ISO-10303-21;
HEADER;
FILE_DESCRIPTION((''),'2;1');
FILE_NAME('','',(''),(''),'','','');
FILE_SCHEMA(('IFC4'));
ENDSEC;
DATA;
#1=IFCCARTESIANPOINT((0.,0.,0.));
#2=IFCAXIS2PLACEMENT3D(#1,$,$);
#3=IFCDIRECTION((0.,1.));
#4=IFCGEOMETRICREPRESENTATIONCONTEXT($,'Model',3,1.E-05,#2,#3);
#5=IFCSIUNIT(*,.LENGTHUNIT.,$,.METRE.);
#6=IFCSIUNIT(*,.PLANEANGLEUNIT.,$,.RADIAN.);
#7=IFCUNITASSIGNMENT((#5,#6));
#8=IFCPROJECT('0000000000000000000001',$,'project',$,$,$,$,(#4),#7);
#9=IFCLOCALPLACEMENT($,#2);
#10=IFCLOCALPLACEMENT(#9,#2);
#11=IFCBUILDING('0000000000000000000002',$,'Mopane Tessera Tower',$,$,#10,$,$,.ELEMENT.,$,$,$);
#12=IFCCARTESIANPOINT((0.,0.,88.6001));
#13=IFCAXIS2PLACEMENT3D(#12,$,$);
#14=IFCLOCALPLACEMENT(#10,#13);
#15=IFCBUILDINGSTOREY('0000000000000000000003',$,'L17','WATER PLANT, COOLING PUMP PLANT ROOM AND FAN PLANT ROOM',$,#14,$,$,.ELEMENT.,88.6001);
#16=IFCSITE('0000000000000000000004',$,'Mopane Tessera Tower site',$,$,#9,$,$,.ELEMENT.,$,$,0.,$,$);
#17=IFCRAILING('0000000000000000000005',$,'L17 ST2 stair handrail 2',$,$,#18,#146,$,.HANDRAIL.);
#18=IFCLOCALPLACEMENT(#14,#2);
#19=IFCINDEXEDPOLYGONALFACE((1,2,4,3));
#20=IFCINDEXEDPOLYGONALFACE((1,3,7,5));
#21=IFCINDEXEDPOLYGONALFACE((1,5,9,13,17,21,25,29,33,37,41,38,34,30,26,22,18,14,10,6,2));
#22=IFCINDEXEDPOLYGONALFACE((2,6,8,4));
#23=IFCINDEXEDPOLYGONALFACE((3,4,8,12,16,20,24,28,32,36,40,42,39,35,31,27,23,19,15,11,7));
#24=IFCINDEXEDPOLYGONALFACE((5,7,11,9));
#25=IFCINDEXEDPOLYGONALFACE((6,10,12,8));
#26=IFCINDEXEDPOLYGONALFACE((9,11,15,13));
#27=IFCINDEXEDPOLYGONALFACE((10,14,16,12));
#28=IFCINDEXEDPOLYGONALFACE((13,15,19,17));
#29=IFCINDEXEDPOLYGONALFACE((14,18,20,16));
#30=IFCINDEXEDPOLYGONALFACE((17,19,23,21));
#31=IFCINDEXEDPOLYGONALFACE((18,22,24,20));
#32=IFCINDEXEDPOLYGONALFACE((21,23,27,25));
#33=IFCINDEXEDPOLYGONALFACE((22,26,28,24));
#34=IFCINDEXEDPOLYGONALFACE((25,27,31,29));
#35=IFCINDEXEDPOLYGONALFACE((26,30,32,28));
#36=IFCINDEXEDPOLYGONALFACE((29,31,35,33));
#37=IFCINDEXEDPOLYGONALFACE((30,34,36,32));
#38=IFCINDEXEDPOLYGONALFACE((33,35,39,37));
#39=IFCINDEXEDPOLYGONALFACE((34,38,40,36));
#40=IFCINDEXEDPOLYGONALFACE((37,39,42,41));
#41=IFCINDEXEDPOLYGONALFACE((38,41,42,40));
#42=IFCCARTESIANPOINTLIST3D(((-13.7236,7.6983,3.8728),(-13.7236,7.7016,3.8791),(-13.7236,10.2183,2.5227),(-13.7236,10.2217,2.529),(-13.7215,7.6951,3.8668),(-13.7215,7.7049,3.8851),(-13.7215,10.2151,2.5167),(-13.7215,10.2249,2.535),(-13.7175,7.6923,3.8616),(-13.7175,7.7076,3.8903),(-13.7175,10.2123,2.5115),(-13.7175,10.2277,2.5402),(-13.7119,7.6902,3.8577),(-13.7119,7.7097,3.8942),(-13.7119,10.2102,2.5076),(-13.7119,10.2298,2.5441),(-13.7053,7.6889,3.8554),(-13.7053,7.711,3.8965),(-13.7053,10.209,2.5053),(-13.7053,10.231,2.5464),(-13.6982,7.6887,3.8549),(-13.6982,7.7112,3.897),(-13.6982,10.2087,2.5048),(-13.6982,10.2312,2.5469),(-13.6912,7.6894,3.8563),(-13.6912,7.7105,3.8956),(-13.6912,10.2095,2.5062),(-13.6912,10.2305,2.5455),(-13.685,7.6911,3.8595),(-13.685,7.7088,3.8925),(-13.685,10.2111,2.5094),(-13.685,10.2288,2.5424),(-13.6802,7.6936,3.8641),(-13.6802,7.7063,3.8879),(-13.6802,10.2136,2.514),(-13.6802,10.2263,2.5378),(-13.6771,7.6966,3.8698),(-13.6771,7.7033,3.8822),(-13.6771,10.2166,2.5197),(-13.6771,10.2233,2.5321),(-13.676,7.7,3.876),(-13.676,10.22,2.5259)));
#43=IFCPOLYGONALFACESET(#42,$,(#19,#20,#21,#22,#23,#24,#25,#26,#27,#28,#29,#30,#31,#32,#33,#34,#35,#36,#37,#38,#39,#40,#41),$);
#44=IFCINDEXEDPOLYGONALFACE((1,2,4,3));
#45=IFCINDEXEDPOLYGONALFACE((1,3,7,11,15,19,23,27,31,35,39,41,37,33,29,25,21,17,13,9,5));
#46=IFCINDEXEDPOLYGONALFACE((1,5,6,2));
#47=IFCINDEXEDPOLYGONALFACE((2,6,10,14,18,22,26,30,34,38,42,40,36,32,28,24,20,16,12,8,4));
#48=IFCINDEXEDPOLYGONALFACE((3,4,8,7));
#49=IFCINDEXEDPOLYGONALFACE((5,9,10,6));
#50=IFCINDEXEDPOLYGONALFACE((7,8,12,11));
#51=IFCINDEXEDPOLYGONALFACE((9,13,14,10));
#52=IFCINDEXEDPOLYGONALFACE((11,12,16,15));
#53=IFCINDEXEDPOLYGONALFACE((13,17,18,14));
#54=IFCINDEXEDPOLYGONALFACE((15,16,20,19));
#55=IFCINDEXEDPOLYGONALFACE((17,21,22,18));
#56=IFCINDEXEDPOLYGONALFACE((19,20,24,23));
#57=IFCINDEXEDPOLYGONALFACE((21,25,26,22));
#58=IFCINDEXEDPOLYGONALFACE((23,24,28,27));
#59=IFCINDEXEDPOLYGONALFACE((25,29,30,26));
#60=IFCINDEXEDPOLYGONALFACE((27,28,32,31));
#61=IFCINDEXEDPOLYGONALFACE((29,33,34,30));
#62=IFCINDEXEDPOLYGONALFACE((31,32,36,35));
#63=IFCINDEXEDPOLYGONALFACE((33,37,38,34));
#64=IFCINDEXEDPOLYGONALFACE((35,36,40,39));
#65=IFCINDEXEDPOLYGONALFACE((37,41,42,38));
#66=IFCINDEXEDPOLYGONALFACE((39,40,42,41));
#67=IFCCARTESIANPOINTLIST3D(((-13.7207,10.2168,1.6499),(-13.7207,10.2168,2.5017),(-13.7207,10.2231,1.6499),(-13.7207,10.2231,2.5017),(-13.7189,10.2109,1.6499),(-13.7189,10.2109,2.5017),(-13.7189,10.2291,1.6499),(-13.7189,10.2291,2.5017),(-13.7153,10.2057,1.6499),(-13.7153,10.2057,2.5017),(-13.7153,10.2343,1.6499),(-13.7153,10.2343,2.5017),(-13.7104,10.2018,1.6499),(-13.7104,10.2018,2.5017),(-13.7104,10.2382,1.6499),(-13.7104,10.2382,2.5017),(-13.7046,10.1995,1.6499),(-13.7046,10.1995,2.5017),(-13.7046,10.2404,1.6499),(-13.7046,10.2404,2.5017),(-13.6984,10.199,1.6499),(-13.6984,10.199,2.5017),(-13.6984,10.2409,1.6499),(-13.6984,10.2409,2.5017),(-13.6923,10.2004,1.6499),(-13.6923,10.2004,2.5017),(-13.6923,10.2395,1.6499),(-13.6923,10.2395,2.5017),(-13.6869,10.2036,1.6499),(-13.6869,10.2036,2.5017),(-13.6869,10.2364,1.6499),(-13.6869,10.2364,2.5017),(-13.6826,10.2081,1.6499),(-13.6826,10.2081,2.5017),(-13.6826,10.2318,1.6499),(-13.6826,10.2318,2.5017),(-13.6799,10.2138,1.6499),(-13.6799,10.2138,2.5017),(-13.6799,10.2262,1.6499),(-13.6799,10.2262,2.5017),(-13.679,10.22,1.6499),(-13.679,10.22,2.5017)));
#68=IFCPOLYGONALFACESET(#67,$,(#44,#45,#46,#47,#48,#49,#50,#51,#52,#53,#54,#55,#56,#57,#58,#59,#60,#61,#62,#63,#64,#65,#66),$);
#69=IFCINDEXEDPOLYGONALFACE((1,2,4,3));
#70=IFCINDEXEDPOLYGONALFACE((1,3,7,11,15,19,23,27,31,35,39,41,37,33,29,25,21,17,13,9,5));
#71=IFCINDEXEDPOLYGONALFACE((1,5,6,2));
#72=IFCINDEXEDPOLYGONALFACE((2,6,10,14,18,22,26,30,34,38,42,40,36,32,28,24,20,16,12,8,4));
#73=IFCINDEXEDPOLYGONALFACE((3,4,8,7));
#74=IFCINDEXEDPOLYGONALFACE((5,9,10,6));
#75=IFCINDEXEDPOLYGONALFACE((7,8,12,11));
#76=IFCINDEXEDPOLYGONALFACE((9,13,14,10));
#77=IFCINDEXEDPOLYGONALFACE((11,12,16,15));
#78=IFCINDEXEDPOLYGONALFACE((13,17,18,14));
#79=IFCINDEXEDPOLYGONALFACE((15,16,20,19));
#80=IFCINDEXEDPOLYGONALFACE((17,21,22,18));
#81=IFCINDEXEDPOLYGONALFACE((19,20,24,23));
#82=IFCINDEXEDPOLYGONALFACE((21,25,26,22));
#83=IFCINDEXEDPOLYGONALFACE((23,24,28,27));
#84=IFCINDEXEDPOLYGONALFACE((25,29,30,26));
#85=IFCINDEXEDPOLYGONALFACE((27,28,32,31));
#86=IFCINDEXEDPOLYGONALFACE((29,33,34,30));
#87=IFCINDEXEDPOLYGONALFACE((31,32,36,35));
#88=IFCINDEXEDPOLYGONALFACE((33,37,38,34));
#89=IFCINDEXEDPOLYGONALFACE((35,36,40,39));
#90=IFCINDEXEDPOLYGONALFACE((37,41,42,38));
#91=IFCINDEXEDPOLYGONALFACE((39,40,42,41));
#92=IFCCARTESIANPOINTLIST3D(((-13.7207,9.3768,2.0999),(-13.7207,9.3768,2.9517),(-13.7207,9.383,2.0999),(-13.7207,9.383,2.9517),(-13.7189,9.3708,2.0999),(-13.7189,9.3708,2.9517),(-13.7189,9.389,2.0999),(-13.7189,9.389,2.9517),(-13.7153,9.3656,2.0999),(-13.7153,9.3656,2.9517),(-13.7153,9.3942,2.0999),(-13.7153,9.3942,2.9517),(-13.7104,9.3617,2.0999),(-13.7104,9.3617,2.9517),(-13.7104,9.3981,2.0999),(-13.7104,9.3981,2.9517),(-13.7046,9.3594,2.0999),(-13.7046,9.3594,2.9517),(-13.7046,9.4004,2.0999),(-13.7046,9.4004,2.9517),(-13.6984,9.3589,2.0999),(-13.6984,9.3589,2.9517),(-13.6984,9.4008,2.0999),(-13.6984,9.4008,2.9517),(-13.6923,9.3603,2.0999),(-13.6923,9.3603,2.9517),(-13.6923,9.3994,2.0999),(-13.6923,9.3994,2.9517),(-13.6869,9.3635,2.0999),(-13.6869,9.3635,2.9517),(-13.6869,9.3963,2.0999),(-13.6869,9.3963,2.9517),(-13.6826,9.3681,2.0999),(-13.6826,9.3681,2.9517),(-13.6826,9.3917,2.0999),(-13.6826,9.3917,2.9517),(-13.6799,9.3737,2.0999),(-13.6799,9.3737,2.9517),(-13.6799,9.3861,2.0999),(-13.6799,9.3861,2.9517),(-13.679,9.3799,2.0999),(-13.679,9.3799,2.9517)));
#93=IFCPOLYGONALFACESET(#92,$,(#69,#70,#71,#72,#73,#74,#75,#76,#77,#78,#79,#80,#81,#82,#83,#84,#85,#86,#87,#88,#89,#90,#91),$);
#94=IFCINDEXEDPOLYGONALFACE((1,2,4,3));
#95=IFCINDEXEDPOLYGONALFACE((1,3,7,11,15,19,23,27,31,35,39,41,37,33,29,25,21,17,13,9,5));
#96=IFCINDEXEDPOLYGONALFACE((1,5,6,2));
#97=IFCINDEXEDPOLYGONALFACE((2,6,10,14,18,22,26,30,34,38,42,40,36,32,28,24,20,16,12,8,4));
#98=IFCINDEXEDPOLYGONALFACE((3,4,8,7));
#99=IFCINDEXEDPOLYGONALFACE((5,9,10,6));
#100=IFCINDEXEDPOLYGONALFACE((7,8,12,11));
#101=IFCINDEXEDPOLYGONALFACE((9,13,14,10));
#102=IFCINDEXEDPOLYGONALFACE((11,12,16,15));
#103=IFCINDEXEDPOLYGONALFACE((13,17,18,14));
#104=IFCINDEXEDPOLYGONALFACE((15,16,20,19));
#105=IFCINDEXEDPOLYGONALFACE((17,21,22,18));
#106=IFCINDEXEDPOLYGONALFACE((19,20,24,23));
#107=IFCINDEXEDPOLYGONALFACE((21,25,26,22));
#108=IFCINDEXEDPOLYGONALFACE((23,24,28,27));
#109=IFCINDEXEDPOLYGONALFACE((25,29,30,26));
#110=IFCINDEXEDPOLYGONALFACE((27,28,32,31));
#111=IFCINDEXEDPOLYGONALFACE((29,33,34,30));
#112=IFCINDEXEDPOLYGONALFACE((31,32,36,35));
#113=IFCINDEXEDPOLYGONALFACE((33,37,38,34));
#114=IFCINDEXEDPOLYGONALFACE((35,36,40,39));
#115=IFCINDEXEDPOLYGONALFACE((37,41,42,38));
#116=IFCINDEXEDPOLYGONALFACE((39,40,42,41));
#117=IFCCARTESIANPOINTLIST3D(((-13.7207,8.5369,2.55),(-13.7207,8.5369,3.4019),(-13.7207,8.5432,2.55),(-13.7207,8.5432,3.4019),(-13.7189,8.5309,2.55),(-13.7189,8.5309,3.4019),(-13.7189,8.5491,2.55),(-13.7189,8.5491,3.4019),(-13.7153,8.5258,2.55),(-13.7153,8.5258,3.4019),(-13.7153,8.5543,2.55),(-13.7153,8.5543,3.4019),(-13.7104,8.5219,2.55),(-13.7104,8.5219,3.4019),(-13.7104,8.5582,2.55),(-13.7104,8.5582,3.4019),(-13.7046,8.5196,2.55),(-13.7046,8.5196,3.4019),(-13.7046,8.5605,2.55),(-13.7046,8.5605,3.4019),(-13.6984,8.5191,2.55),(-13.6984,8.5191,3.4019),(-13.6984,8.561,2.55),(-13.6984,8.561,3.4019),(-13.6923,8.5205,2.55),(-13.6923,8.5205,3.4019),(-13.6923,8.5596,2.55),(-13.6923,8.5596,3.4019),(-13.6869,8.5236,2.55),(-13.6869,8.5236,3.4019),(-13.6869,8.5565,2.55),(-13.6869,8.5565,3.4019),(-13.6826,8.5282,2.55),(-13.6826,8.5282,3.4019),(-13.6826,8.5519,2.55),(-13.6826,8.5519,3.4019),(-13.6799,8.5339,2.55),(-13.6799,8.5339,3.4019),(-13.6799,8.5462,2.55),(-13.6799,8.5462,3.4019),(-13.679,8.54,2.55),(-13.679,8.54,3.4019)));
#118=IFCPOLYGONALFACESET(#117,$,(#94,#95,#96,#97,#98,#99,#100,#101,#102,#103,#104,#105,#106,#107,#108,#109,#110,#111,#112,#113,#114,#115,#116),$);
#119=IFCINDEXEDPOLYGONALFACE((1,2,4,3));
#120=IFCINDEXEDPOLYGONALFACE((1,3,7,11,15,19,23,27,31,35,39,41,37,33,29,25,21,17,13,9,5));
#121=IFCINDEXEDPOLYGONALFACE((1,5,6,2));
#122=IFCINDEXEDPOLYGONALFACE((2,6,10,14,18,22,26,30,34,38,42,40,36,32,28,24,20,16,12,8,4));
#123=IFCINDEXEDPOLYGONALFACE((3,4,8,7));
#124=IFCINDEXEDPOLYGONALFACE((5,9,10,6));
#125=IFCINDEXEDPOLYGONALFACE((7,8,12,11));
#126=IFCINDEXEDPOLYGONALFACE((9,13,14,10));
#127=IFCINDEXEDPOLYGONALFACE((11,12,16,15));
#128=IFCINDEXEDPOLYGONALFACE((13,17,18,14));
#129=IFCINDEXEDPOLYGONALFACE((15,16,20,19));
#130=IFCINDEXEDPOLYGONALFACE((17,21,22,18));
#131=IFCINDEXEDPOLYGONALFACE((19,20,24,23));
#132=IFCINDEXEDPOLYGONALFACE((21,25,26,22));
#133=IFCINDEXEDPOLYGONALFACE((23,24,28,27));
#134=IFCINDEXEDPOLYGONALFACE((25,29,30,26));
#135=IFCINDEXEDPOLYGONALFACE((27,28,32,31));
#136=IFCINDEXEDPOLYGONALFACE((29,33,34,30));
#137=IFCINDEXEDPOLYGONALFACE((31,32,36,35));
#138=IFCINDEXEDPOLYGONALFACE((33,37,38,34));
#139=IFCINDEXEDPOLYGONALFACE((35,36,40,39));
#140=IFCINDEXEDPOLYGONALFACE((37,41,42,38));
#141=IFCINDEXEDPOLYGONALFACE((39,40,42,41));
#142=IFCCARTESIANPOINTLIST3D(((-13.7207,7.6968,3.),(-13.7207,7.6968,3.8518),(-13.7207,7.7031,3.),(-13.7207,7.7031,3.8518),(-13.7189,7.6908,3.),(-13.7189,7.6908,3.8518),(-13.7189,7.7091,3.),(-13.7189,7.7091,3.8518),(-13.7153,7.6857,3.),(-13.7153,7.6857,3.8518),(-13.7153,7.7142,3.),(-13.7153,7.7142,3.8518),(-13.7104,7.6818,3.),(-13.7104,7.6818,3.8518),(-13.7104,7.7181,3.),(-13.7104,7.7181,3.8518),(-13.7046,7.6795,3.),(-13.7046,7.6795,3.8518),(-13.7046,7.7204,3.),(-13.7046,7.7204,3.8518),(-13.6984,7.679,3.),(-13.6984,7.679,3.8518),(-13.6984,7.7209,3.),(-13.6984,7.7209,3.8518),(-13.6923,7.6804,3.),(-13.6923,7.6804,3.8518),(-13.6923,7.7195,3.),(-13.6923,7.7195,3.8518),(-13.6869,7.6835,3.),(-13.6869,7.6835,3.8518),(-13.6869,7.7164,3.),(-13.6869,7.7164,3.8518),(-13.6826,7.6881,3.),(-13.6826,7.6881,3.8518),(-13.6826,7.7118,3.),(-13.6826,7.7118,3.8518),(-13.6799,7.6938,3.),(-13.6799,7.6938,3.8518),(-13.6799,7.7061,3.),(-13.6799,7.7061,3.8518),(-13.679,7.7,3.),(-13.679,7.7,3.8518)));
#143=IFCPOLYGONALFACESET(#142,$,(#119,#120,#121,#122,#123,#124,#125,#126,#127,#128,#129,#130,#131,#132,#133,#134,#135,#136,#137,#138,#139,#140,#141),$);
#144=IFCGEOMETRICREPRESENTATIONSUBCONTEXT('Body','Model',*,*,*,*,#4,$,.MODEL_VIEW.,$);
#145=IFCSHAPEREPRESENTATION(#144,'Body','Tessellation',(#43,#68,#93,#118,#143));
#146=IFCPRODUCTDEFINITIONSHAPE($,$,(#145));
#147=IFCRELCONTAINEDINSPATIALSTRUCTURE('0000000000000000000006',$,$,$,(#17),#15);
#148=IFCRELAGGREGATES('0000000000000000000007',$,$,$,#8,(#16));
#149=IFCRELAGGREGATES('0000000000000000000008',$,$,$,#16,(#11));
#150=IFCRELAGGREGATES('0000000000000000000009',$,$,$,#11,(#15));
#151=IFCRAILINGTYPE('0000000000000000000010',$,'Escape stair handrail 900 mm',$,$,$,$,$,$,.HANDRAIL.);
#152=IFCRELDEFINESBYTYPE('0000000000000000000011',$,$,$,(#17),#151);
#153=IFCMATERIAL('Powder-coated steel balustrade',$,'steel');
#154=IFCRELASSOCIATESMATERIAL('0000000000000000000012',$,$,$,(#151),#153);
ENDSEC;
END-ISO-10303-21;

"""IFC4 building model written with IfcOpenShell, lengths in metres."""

from ifc_helpers import new_model, si_unit, direction, frame, origin, origin_2d, place, context, subcontext, project, spatial, circle, extrude, material, type_object, element, save


model = new_model("IFC4")

# Units and contexts
model_context = context("Model", 3, precision=1e-05, world=origin(), true_north=direction((0.0, 1.0)))
body_context = subcontext(model_context, "Body", "Model", "MODEL_VIEW")
ifc_project = project(units=[si_unit("LENGTHUNIT", "METRE"), si_unit("PLANEANGLEUNIT", "RADIAN")], contexts=[model_context])

# Site, building, storey
site_placement = place(None, origin())
site = spatial("IfcSite", under=ifc_project, at=site_placement, Name="Mopane Tessera Tower site", CompositionType="ELEMENT", RefElevation=0.0)
building_placement = place(site_placement, origin())
building = spatial("IfcBuilding", under=site, at=building_placement, Name="Mopane Tessera Tower", CompositionType="ELEMENT")
storey_placement = place(building_placement, frame((0.0, 0.0, 88.6001)))
storey = spatial("IfcBuildingStorey", under=building, at=storey_placement, Name="L17", Description="WATER PLANT, COOLING PUMP PLANT ROOM AND FAN PLANT ROOM", CompositionType="ELEMENT", Elevation=88.6001)

# Railing
ifc_material_1 = material(Name="Powder-coated steel balustrade", Category="steel")
railing_type_1 = type_object("IfcRailingType", Name="Escape stair handrail 900 mm", PredefinedType="HANDRAIL", material=ifc_material_1)
for number, where, name in (
    (1, (-13.7, 10.22, 1.6499), "L17 ST2 stair handrail 2"),
):
    element("IfcRailing", number, at=place(storey_placement, frame(where)), inside=storey, type_object=railing_type_1, Name=name, PredefinedType="HANDRAIL", context=body_context, shape_type="SweptSolid", body=[
        extrude(circle(Radius=0.0239, at=origin_2d()), frame((0.0, 0.0, 0.876), z_axis=(0.0, -0.881467, 0.472245), x_axis=(1.0, 0.0, 0.0)), (0.0, 0.0, 1.0), 2.8589),
        extrude(circle(Radius=0.021, at=origin_2d()), origin(), (0.0, 0.0, 1.0), 0.8518),
        extrude(circle(Radius=0.021, at=origin_2d()), frame((0.0, -0.8401, 0.45)), (0.0, 0.0, 1.0), 0.8518),
        extrude(circle(Radius=0.021, at=origin_2d()), frame((0.0, -1.6799, 0.9001)), (0.0, 0.0, 1.0), 0.8518),
        extrude(circle(Radius=0.021, at=origin_2d()), frame((0.0, -2.52, 1.3501)), (0.0, 0.0, 1.0), 0.8518),
    ])

save(model, "model.ifc")
